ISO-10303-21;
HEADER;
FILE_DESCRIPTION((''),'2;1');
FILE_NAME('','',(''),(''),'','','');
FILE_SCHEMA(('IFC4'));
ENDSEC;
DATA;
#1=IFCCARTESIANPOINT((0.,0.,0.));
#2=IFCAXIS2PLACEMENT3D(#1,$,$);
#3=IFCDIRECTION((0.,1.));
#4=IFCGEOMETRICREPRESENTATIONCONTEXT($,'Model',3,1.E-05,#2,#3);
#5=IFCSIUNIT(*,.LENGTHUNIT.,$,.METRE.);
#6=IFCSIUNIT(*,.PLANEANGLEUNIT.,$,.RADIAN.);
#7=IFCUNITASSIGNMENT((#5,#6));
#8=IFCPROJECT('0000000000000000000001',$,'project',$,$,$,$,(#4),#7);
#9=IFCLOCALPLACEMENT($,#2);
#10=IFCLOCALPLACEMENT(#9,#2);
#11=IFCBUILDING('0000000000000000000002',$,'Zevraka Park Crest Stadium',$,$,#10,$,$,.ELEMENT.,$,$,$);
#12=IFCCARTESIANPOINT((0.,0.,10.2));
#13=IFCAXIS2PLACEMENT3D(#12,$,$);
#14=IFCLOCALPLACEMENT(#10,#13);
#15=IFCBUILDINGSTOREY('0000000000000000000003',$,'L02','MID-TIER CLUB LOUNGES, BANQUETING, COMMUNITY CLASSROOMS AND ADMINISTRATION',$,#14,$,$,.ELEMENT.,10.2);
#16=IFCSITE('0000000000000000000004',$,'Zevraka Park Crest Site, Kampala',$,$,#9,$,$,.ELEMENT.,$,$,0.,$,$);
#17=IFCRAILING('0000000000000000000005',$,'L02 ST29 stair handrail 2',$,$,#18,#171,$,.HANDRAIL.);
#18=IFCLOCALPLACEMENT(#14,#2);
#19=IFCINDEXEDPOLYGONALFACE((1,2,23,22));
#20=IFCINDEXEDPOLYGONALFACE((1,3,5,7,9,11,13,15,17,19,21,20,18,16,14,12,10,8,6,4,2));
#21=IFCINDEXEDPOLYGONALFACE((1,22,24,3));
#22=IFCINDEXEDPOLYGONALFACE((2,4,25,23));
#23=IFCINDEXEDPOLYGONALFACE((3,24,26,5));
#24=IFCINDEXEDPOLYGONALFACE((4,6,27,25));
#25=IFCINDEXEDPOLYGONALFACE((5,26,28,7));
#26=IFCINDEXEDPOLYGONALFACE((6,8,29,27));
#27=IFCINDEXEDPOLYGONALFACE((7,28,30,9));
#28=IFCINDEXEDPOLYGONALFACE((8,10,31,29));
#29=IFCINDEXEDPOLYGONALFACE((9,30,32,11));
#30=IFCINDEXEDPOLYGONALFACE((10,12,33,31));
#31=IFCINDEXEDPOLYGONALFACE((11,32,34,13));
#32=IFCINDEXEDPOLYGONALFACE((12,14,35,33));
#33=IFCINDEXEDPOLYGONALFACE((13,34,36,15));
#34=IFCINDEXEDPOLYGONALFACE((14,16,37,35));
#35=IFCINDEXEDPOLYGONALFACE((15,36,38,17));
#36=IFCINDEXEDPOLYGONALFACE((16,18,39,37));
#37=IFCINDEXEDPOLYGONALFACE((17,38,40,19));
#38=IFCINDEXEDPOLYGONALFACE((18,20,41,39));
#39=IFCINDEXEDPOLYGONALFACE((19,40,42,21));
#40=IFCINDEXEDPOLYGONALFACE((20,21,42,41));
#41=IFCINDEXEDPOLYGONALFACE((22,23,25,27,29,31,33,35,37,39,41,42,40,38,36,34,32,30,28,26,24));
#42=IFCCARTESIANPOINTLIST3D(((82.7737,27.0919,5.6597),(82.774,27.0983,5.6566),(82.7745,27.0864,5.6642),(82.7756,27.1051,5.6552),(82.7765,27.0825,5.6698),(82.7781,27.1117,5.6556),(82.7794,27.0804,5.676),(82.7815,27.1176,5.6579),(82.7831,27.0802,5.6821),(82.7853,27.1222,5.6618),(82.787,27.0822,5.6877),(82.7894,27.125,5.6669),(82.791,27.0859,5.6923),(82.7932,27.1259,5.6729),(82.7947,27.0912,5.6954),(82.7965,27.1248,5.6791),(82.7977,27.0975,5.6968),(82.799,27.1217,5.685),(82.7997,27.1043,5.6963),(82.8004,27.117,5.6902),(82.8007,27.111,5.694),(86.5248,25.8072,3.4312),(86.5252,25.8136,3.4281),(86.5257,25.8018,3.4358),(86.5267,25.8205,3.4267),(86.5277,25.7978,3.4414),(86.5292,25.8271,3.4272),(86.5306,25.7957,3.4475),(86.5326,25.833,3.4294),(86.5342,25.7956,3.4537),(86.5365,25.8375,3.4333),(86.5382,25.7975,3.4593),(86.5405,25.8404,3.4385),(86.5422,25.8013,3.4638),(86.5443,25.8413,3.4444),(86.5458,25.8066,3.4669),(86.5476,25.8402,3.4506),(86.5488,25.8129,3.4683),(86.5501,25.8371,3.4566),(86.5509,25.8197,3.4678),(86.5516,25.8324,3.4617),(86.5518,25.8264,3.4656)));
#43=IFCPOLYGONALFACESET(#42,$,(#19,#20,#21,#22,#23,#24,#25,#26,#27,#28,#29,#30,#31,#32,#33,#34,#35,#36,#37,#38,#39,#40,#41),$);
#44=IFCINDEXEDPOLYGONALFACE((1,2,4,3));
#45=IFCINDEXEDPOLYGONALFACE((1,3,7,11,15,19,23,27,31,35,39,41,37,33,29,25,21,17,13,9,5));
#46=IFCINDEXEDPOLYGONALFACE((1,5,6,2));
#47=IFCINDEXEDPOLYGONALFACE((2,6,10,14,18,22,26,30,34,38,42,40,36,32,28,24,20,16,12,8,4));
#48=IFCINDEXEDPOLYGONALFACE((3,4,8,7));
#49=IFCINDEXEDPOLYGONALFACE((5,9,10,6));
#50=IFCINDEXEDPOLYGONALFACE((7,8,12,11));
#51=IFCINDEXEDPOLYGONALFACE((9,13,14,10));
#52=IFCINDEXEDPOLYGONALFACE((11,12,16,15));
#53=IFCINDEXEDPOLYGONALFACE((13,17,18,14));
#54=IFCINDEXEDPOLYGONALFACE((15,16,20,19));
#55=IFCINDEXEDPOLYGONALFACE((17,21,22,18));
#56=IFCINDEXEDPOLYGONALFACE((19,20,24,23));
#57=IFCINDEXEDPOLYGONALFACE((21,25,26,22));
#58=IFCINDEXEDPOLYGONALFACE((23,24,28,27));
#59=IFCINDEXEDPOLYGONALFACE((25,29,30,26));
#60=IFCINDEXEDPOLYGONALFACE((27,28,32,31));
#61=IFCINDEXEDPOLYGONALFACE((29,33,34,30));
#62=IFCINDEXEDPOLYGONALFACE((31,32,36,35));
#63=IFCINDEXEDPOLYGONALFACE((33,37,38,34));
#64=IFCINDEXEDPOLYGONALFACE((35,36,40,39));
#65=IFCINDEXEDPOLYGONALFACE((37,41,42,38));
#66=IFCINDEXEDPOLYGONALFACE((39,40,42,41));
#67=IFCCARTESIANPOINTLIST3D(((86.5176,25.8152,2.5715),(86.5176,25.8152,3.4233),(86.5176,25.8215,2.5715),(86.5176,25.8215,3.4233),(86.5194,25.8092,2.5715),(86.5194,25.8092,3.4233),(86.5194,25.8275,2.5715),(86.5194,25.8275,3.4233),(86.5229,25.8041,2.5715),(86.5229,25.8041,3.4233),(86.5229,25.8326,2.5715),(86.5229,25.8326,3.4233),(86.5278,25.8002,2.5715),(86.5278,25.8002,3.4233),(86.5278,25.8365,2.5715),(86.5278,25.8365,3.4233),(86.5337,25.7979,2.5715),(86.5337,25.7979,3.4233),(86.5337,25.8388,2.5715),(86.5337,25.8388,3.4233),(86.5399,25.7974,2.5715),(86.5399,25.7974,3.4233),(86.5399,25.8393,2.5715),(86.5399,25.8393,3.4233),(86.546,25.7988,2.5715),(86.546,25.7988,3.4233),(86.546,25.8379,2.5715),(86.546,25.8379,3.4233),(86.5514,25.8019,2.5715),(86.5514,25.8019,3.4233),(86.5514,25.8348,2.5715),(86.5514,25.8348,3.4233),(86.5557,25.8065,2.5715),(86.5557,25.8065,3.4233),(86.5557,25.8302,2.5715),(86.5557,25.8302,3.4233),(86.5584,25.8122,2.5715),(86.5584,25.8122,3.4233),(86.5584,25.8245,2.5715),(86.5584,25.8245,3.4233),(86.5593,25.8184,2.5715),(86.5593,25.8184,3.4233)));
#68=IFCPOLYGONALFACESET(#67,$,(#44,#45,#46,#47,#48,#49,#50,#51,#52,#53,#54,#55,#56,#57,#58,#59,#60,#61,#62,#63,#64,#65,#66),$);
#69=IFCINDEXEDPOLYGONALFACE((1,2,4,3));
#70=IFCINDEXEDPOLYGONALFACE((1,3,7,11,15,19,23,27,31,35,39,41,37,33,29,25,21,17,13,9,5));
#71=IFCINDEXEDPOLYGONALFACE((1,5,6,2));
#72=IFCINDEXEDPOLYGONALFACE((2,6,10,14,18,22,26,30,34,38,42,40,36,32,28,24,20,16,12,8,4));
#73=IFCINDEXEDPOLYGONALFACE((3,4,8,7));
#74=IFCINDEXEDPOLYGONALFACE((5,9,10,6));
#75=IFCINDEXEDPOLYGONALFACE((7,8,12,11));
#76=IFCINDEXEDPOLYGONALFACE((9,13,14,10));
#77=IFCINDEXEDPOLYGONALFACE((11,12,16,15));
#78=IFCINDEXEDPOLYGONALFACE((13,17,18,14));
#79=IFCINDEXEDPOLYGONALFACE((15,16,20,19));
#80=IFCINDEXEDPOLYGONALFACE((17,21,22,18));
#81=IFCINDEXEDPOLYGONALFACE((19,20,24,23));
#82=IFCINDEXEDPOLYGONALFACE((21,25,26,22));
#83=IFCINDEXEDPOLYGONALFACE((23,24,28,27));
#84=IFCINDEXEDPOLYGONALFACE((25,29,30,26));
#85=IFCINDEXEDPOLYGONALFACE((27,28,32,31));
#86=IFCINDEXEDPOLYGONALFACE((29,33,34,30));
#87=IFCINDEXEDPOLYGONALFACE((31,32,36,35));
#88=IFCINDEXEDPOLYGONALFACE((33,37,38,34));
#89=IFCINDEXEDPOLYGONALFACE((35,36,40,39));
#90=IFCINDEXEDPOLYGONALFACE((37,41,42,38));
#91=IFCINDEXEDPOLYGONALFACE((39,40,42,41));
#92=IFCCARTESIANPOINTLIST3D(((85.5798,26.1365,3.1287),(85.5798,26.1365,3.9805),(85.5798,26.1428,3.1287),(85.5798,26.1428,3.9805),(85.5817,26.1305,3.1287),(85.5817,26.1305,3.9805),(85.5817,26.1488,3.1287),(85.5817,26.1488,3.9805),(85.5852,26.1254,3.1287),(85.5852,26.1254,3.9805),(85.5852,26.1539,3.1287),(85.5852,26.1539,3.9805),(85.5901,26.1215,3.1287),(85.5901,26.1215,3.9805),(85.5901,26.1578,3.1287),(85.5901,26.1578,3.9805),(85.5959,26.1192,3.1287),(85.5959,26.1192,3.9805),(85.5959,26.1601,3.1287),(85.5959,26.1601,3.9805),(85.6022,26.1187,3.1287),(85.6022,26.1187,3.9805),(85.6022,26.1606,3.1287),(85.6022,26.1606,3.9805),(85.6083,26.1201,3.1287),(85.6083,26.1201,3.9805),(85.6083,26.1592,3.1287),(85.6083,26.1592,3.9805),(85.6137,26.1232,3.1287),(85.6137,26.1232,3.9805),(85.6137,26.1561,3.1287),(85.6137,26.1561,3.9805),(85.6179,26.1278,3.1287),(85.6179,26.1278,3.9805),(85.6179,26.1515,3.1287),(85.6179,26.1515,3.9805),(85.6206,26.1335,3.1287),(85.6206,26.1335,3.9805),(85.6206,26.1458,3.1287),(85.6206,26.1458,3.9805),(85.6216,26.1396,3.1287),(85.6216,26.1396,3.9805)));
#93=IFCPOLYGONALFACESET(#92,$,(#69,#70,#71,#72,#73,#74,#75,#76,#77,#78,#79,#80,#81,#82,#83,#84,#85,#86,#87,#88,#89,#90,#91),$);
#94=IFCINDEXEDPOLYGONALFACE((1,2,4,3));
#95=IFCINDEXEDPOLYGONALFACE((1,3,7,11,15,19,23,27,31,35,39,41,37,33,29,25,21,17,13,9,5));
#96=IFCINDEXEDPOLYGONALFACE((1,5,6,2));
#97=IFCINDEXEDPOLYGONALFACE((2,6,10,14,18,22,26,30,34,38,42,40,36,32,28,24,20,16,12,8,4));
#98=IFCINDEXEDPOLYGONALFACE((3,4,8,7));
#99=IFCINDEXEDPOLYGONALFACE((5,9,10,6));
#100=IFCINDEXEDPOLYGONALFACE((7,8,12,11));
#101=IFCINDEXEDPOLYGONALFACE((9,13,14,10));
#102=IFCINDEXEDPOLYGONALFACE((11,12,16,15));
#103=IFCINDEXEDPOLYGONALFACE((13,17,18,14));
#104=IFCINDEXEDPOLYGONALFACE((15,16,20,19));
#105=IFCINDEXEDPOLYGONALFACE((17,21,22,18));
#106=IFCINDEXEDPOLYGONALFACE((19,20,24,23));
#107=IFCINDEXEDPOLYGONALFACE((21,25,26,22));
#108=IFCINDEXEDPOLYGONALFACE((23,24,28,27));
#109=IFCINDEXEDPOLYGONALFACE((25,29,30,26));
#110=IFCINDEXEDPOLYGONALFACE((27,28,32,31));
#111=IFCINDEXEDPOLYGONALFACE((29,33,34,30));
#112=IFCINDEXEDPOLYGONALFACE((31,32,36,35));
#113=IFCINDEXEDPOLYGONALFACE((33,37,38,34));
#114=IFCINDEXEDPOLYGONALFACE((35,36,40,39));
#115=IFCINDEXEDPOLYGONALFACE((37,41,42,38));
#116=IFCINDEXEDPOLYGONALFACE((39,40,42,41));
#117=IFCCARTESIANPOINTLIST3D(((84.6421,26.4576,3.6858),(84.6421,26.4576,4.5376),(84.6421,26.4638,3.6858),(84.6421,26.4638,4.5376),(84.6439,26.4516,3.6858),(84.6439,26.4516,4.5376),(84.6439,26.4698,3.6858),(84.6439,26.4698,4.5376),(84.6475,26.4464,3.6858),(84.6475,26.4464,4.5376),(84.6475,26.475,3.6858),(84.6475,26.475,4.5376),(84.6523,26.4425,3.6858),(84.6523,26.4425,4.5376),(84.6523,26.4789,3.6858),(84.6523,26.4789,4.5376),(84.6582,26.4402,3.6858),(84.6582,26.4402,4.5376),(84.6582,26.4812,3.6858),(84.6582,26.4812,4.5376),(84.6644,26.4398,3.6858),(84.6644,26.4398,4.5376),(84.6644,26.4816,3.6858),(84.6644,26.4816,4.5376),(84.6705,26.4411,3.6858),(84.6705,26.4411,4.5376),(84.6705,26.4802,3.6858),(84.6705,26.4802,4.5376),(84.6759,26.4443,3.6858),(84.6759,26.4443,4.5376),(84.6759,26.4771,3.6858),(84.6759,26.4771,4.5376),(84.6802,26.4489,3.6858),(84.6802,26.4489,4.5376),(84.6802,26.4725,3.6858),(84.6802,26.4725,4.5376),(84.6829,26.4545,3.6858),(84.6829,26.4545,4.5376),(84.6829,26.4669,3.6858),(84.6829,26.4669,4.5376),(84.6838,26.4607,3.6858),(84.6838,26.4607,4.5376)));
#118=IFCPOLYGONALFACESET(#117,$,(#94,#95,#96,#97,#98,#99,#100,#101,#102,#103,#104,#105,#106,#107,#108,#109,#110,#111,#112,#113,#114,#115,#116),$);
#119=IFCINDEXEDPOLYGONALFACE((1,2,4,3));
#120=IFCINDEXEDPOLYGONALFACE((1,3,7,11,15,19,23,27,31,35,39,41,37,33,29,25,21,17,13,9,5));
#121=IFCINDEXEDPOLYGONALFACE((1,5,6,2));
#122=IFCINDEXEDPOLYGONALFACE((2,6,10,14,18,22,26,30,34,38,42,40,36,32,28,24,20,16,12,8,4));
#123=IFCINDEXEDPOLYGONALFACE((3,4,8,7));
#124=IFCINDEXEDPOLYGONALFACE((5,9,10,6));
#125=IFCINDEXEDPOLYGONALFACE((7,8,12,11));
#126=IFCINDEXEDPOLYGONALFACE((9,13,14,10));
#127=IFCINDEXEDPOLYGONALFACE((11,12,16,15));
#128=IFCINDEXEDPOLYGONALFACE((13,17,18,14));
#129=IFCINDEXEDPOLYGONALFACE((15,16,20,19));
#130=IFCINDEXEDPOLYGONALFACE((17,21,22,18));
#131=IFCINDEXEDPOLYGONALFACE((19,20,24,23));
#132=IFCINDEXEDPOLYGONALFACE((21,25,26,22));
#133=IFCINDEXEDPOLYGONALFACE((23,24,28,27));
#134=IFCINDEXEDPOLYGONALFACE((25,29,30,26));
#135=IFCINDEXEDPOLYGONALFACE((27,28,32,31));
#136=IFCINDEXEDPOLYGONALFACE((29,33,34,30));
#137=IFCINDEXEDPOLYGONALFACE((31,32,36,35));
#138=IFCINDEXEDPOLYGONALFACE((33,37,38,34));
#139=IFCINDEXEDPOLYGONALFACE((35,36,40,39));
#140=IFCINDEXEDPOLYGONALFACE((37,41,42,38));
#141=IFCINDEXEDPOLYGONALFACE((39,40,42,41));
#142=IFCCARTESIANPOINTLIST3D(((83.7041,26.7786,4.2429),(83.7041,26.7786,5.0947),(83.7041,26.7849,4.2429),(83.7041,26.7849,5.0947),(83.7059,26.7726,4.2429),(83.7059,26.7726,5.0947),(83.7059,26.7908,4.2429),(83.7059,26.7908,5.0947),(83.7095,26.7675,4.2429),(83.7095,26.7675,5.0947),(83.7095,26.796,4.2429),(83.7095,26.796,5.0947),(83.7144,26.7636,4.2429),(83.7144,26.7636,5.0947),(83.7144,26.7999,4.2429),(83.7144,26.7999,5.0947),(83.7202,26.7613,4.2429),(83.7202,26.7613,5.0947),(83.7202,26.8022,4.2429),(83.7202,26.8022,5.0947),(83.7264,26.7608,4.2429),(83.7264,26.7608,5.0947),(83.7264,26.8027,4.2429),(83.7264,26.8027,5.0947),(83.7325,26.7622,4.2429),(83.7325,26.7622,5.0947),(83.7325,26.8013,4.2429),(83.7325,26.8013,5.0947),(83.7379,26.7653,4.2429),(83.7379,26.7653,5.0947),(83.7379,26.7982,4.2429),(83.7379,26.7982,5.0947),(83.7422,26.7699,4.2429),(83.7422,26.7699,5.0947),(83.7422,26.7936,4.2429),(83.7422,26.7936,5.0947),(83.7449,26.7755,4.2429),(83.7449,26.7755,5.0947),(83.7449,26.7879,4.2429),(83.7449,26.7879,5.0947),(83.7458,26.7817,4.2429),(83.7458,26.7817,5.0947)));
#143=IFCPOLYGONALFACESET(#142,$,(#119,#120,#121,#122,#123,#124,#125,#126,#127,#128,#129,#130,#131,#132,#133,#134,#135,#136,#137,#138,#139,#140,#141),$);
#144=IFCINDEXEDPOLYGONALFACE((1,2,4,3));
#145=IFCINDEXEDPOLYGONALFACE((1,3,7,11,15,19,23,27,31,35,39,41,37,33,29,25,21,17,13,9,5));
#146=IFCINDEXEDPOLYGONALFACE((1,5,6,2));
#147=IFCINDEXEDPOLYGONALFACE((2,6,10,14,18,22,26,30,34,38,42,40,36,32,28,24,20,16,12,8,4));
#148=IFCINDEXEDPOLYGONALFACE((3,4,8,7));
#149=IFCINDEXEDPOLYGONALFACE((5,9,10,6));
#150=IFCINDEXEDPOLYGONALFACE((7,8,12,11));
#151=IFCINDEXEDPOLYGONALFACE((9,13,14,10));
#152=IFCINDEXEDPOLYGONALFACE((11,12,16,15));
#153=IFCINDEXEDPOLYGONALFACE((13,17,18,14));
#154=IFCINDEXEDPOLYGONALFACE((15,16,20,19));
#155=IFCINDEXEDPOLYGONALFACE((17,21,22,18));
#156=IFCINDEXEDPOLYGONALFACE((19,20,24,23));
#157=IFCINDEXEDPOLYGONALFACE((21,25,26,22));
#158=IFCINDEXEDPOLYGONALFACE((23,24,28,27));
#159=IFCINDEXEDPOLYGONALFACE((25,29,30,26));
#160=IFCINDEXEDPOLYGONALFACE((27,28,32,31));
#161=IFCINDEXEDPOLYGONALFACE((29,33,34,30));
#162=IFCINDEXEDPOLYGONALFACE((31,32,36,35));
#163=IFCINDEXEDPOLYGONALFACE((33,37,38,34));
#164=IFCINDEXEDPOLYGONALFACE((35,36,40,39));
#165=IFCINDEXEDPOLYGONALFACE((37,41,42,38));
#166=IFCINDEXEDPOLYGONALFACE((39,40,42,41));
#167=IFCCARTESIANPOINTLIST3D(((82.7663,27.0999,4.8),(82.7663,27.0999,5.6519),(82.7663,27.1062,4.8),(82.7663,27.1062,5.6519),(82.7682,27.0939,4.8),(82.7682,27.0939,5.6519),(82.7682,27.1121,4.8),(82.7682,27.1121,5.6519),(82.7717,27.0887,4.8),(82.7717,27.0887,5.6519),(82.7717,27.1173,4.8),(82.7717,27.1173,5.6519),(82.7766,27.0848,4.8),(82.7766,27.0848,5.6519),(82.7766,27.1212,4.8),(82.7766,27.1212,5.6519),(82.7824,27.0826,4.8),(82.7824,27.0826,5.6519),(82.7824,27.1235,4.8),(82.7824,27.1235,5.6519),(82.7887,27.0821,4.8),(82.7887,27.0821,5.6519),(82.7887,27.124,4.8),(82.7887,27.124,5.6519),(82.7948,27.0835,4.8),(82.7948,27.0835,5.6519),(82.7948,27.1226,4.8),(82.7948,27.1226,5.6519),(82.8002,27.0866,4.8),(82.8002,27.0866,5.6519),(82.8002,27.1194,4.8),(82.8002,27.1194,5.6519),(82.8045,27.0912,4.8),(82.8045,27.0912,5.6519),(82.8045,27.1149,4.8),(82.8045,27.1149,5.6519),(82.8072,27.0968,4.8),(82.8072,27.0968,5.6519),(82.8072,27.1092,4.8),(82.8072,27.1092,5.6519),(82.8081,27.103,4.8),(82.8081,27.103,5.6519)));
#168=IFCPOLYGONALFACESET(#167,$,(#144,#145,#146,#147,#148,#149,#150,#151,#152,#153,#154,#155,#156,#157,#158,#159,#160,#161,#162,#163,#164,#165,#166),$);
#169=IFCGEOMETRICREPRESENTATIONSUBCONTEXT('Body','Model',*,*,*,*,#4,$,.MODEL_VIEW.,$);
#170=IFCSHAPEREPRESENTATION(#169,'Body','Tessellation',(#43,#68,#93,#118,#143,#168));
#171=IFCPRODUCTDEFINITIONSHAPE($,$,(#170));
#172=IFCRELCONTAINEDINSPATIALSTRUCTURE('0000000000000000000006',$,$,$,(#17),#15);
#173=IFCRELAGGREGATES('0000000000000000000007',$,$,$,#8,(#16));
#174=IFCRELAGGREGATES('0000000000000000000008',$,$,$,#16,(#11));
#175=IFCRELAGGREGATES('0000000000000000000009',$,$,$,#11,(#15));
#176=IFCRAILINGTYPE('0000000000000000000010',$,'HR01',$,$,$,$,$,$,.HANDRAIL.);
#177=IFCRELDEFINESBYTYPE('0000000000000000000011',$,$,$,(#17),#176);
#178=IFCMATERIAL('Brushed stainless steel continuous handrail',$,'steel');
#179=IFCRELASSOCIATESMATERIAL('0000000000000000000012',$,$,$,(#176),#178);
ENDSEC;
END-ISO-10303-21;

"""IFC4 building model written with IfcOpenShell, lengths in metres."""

from ifc_helpers import new_model, si_unit, direction, frame, origin, origin_2d, place, context, subcontext, project, spatial, circle, extrude, material, type_object, element, save


model = new_model("IFC4")

# Units and contexts
model_context = context("Model", 3, precision=1e-05, world=origin(), true_north=direction((0.0, 1.0)))
body_context = subcontext(model_context, "Body", "Model", "MODEL_VIEW")
ifc_project = project(units=[si_unit("LENGTHUNIT", "METRE"), si_unit("PLANEANGLEUNIT", "RADIAN")], contexts=[model_context])

# Site, building, storey
site_placement = place(None, origin())
site = spatial("IfcSite", under=ifc_project, at=site_placement, Name="Zevraka Park Crest Site, Kampala", CompositionType="ELEMENT", RefElevation=0.0)
building_placement = place(site_placement, origin())
building = spatial("IfcBuilding", under=site, at=building_placement, Name="Zevraka Park Crest Stadium", CompositionType="ELEMENT")
storey_placement = place(building_placement, frame((0.0, 0.0, 10.2)))
storey = spatial("IfcBuildingStorey", under=building, at=storey_placement, Name="L02", Description="MID-TIER CLUB LOUNGES, BANQUETING, COMMUNITY CLASSROOMS AND ADMINISTRATION", CompositionType="ELEMENT", Elevation=10.2)

# Railing
ifc_material_1 = material(Name="Brushed stainless steel continuous handrail", Category="steel")
railing_type_1 = type_object("IfcRailingType", Name="HR01", PredefinedType="HANDRAIL", material=ifc_material_1)
railing_1_placement = place(storey_placement, frame((86.5383, 25.8184, 2.5715)))
element("IfcRailing", 1, at=railing_1_placement, inside=storey, type_object=railing_type_1, Name="L02 ST29 stair handrail 2", PredefinedType="HANDRAIL", context=body_context, shape_type="SweptSolid", body=[
    extrude(circle(Radius=0.0239, at=origin_2d()), frame((0.0, 0.0, 0.876), z_axis=(-0.824727, 0.282441, 0.489952), x_axis=(-0.323994, -0.946059, 0.0)), (0.0, 0.0, 1.0), 4.5483),
    extrude(circle(Radius=0.021, at=origin_2d()), origin(), (0.0, 0.0, 1.0), 0.8518),
    extrude(circle(Radius=0.021, at=origin_2d()), frame((-0.9377, 0.3213, 0.5571)), (0.0, 0.0, 1.0), 0.8518),
    extrude(circle(Radius=0.021, at=origin_2d()), frame((-1.8755, 0.6423, 1.1143)), (0.0, 0.0, 1.0), 0.8518),
    extrude(circle(Radius=0.021, at=origin_2d()), frame((-2.8135, 0.9634, 1.6714)), (0.0, 0.0, 1.0), 0.8518),
    extrude(circle(Radius=0.021, at=origin_2d()), frame((-3.7512, 1.2847, 2.2285)), (0.0, 0.0, 1.0), 0.8518),
])

save(model, "model.ifc")
